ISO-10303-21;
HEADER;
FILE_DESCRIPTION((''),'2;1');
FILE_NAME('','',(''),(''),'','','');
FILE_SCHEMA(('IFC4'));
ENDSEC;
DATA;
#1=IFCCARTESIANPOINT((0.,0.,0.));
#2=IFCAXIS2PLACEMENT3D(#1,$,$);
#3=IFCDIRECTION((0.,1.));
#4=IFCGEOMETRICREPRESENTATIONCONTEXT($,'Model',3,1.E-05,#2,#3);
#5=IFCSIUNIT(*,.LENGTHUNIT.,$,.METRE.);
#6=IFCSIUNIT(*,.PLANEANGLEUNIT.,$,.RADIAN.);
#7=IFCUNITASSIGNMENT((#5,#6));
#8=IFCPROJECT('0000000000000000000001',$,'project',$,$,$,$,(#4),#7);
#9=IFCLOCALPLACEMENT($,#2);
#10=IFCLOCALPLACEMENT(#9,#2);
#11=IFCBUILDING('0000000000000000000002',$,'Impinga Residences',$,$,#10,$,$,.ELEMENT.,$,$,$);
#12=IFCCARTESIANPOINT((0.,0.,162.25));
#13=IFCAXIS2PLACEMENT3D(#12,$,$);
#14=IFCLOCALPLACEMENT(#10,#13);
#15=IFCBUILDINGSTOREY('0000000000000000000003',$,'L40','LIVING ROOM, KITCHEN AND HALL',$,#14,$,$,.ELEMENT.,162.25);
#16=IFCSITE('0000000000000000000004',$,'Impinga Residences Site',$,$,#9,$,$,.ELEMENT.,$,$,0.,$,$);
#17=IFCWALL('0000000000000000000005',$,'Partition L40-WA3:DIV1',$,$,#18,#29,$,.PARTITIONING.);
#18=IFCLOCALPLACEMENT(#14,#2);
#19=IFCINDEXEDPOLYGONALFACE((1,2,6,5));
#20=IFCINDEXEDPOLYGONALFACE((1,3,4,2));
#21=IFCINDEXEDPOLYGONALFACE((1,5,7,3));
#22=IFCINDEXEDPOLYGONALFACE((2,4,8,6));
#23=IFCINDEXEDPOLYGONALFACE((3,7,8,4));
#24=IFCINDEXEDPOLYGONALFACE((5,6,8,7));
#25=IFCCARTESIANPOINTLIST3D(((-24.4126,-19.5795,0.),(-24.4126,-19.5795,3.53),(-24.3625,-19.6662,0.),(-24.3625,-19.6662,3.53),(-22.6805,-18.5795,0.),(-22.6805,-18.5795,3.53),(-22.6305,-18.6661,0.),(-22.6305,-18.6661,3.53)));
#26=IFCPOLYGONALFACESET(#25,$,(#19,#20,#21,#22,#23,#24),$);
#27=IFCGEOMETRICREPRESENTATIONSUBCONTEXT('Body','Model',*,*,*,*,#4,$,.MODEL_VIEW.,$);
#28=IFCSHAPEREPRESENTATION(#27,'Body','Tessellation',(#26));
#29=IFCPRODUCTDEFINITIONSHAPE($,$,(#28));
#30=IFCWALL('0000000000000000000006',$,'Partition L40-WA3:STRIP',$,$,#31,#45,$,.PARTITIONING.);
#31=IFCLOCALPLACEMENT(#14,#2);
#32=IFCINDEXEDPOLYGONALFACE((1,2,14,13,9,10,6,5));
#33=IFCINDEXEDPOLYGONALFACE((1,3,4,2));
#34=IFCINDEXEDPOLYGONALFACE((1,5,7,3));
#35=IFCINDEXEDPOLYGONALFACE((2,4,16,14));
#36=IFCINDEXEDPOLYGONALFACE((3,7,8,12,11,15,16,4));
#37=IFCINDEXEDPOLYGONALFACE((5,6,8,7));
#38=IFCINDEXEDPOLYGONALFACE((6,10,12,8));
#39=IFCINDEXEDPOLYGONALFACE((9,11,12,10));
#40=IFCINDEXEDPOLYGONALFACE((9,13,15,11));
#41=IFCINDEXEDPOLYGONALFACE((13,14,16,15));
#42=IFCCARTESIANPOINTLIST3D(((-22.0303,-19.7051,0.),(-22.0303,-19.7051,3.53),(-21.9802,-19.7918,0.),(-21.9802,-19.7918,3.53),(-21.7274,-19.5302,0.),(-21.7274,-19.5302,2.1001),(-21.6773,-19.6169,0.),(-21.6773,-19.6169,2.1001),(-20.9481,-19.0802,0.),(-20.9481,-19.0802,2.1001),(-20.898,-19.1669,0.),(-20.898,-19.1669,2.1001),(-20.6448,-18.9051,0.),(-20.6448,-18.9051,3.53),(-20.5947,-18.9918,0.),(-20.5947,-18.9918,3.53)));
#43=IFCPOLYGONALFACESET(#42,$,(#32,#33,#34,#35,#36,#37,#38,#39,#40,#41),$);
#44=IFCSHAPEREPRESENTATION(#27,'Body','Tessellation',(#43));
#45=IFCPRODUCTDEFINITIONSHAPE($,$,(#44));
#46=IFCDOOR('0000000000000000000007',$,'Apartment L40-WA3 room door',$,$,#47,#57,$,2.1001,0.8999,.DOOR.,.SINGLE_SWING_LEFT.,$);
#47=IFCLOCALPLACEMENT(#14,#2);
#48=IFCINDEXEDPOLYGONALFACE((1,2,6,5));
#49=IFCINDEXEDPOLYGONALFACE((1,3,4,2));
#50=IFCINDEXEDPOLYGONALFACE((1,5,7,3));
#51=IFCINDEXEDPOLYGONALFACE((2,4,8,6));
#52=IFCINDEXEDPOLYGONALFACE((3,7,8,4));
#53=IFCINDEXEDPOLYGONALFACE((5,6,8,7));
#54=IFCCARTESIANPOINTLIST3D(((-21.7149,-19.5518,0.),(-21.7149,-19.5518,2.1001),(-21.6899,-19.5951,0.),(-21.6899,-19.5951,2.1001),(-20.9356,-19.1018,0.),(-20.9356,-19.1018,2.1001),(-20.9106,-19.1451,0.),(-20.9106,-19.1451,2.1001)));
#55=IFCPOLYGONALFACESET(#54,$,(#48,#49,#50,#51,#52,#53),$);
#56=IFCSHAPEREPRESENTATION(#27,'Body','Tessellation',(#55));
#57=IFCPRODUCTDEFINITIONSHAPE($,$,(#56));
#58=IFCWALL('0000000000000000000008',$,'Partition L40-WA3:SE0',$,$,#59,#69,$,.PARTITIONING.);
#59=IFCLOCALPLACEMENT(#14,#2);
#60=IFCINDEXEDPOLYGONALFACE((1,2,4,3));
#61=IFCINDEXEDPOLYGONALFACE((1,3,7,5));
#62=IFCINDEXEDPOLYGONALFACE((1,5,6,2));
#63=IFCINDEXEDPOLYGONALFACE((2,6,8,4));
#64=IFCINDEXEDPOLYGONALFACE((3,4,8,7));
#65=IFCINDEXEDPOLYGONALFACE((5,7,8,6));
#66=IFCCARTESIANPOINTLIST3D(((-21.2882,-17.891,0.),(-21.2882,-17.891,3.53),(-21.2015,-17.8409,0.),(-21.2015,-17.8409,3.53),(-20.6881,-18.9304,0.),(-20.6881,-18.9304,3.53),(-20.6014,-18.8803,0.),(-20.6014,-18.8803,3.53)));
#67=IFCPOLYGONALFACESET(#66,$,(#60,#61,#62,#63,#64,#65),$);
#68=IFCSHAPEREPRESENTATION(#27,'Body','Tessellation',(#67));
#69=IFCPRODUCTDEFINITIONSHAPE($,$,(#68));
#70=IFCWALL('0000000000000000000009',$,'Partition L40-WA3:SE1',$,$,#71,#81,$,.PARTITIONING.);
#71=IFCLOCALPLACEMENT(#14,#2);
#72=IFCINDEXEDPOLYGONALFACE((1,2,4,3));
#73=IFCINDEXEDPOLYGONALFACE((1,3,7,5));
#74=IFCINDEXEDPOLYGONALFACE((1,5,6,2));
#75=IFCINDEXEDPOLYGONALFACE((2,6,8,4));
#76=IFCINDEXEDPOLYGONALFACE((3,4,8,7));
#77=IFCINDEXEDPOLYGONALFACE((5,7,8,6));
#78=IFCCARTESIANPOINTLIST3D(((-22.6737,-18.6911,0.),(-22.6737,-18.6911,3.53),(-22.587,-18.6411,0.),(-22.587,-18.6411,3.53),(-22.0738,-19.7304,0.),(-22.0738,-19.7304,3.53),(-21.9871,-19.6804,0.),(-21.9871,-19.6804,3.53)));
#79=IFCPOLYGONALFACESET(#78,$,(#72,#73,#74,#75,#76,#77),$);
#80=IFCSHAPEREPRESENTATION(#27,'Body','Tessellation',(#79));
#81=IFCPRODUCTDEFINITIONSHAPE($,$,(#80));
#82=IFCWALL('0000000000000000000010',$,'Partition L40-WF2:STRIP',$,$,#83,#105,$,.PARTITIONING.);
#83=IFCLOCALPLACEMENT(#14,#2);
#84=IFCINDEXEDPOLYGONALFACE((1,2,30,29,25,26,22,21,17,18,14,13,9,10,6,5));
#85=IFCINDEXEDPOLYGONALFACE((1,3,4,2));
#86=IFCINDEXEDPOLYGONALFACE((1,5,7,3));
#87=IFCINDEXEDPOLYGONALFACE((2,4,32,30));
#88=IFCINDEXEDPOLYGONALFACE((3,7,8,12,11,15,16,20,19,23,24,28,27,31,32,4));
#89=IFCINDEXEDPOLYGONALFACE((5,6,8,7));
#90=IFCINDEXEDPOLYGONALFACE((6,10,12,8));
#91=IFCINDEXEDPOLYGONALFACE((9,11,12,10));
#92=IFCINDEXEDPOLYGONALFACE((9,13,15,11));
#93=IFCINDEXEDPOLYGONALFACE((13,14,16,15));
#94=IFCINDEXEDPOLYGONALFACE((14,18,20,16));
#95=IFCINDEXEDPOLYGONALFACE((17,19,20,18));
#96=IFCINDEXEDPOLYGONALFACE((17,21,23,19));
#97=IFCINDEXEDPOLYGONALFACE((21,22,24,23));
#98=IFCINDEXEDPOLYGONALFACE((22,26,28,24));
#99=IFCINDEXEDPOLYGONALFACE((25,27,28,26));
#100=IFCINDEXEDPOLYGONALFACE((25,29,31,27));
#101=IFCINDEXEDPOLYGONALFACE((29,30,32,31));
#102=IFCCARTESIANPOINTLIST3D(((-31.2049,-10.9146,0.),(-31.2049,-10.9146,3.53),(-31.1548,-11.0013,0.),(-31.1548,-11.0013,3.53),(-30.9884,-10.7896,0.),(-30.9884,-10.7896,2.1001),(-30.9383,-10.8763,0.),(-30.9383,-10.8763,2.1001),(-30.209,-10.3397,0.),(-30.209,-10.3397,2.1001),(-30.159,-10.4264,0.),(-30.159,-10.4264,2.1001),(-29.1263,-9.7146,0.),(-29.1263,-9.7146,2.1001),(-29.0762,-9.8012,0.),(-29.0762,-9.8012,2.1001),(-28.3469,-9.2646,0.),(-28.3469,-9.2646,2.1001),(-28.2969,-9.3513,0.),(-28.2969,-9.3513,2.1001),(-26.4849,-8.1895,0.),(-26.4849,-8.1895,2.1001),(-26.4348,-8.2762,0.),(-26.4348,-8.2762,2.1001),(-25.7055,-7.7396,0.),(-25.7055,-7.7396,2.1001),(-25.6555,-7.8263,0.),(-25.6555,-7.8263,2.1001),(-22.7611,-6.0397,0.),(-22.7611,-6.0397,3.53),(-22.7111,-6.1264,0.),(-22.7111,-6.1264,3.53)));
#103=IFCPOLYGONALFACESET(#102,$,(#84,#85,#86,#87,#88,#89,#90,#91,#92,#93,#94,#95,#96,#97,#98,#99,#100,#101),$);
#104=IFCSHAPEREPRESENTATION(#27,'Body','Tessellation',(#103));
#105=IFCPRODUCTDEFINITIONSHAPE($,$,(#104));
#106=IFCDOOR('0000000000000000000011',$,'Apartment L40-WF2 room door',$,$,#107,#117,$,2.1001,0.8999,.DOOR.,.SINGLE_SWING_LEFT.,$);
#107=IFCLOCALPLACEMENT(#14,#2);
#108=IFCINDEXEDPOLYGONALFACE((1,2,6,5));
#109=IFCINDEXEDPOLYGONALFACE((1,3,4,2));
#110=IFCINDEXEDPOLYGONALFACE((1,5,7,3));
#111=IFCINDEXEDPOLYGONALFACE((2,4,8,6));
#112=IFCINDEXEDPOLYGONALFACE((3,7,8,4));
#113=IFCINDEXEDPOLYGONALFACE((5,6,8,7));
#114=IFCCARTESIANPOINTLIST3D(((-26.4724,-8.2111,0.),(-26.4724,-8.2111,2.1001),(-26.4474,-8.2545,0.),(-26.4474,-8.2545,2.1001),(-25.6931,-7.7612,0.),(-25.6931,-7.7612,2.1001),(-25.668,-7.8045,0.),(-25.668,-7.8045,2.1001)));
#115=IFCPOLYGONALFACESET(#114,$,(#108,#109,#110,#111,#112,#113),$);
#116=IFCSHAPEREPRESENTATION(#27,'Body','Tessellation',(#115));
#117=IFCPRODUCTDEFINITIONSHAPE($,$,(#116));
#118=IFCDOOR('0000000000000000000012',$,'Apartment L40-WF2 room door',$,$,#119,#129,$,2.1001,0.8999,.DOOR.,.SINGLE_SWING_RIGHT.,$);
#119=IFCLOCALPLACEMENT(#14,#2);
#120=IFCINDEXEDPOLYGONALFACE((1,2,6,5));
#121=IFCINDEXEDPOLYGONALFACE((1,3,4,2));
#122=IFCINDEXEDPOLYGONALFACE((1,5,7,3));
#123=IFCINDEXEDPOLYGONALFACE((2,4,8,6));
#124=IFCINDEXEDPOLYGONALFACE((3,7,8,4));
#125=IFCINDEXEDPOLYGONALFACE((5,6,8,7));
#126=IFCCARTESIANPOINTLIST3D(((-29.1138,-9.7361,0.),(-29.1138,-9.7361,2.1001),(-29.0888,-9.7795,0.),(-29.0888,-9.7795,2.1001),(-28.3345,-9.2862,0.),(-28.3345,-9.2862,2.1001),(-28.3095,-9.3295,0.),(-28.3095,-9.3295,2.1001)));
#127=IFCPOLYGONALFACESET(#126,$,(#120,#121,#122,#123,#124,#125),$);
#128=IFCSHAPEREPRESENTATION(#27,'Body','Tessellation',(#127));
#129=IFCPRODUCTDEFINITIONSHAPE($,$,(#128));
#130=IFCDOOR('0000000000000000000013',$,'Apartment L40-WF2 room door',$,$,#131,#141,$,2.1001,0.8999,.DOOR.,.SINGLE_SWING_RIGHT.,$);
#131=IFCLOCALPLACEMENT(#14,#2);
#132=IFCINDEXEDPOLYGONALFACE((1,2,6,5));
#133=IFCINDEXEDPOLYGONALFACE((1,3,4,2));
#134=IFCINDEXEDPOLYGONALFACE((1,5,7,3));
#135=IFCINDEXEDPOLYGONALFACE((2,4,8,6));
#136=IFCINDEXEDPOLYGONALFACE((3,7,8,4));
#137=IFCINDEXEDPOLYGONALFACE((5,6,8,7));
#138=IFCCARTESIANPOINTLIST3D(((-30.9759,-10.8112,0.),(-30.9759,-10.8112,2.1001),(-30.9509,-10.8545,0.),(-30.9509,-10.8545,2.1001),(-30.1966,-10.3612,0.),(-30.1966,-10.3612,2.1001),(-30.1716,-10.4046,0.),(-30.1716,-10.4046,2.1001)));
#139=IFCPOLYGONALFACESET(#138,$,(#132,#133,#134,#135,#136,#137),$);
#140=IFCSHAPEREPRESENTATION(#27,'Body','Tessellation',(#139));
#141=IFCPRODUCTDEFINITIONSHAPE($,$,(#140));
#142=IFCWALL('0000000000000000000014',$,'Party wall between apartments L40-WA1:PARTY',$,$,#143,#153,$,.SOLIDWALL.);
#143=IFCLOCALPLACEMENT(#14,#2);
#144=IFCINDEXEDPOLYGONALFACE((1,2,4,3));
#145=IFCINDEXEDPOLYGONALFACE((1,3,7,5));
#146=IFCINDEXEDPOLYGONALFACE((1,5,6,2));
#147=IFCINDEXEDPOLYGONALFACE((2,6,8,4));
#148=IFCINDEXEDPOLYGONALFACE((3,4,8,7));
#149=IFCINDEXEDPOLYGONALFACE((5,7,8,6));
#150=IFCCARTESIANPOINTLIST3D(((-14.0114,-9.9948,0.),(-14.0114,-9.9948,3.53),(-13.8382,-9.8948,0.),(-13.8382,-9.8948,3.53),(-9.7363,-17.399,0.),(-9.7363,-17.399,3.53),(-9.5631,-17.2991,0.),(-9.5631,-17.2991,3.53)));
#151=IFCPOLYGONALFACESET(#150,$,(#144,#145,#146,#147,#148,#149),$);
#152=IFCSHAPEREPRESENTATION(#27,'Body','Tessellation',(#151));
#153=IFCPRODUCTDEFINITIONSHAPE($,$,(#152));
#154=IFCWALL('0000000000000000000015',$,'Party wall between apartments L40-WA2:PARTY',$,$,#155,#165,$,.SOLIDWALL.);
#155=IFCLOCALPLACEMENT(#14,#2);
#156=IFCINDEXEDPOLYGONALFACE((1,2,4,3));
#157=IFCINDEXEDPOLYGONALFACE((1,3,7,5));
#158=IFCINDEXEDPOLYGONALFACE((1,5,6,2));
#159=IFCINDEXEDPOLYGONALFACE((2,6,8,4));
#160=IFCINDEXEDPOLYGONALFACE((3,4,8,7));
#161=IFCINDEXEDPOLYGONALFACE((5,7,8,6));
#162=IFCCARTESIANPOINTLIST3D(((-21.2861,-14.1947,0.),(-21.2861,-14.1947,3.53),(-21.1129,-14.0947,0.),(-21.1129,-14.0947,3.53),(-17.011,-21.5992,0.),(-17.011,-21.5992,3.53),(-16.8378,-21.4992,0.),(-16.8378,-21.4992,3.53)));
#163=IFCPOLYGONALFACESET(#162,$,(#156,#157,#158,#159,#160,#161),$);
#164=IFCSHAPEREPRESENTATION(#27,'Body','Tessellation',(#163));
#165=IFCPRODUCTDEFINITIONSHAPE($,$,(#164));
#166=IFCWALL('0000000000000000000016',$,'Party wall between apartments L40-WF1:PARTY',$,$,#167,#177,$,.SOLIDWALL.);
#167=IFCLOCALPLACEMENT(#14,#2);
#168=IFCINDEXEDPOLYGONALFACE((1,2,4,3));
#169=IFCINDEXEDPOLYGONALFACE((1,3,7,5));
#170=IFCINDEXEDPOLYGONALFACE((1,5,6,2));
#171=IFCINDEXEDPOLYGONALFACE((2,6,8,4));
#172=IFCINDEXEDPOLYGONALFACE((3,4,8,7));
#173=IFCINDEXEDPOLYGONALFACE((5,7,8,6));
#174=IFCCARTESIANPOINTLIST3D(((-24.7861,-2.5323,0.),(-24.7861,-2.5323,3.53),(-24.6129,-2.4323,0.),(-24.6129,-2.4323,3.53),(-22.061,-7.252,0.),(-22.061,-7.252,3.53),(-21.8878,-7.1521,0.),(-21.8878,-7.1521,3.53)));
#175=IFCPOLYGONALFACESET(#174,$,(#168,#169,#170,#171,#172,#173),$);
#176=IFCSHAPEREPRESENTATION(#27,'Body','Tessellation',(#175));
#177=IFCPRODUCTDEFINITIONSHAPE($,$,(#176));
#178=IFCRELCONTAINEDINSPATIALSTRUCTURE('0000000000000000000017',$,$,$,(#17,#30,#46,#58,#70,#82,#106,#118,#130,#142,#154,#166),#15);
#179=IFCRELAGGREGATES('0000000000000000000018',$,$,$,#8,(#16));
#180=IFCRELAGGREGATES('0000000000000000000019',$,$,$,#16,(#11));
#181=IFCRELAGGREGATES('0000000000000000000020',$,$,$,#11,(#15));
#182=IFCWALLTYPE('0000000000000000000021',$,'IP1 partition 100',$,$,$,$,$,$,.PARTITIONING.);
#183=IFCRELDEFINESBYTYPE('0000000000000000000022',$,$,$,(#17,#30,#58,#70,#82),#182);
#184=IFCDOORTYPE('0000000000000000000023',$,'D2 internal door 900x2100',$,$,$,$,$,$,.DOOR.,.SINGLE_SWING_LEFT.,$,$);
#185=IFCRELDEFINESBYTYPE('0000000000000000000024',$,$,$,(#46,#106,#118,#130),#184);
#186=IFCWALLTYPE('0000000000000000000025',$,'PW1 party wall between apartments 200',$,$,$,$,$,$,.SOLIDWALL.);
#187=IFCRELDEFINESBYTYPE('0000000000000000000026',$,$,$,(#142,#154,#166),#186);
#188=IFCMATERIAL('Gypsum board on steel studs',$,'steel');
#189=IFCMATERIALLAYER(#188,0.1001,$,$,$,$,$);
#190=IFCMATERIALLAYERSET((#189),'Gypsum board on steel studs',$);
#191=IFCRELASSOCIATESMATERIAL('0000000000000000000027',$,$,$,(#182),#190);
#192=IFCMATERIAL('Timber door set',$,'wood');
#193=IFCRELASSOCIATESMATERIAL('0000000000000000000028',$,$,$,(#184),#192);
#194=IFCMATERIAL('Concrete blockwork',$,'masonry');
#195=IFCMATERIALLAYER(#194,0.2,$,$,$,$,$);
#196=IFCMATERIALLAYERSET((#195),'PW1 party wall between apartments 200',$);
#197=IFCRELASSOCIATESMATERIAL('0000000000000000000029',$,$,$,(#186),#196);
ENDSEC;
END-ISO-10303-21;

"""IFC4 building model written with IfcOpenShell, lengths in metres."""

from ifc_helpers import new_model, si_unit, direction, frame, frame_2d, origin, place, context, subcontext, project, spatial, rectangle, extrude, material, layer, layer_set, type_object, element, fill, save


model = new_model("IFC4")

# Units and contexts
model_context = context("Model", 3, precision=1e-05, world=origin(), true_north=direction((0.0, 1.0)))
body_context = subcontext(model_context, "Body", "Model", "MODEL_VIEW")
ifc_project = project(units=[si_unit("LENGTHUNIT", "METRE"), si_unit("PLANEANGLEUNIT", "RADIAN")], contexts=[model_context])

# Site, building, storey
site_placement = place(None, origin())
site = spatial("IfcSite", under=ifc_project, at=site_placement, Name="Impinga Residences Site", CompositionType="ELEMENT", RefElevation=0.0)
building_placement = place(site_placement, origin())
building = spatial("IfcBuilding", under=site, at=building_placement, Name="Impinga Residences", CompositionType="ELEMENT")
storey_placement = place(building_placement, frame((0.0, 0.0, 162.25)))
storey = spatial("IfcBuildingStorey", under=building, at=storey_placement, Name="L40", Description="LIVING ROOM, KITCHEN AND HALL", CompositionType="ELEMENT", Elevation=162.25)

# Shared definitions
ifc_material_1 = material(Name="Concrete blockwork", Category="masonry")
ifc_material_2 = material(Name="Timber door set", Category="wood")

# Shared definitions
ifc_material_3 = material(Name="Gypsum board on steel studs", Category="steel")
ifc_layer_1 = layer(ifc_material_3, 0.1001)
ifc_layer_set_1 = layer_set([ifc_layer_1], Name="Gypsum board on steel studs")
wall_type_1 = type_object("IfcWallType", Name="IP1 partition 100", PredefinedType="PARTITIONING", material=ifc_layer_set_1)

# Shared definitions
door_type_1 = type_object("IfcDoorType", Name="D2 internal door 900x2100", OperationType="SINGLE_SWING_LEFT", PredefinedType="DOOR", material=ifc_material_2)

# Wall
wall_1_placement = place(storey_placement, frame((-22.6555, -18.6228, 0.0), z_axis=(0.0, 0.0, 1.0), x_axis=(-0.866011, -0.500025, 0.0)))
element("IfcWall", 1, at=wall_1_placement, inside=storey, type_object=wall_type_1, Name="Partition L40-WA3:DIV1", PredefinedType="PARTITIONING", context=body_context, shape_type="SweptSolid", body=[
    extrude(rectangle(XDim=2.0, YDim=0.1001, at=frame_2d((1.0, 0.0))), origin(), (0.0, 0.0, 1.0), 3.53),
])

# Wall, opening, door
wall_2_placement = place(storey_placement, frame((-20.6199, -18.9485, 0.0), z_axis=(0.0, 0.0, 1.0), x_axis=(-0.86599, -0.500061, 0.0)))
wall_2 = element("IfcWall", 2, at=wall_2_placement, inside=storey, type_object=wall_type_1, Name="Partition L40-WA3:STRIP", PredefinedType="PARTITIONING", context=body_context, shape_type="SweptSolid", body=[
    extrude(rectangle(XDim=1.5999, YDim=0.1001, at=frame_2d((0.7998, 0.0))), origin(), (0.0, 0.0, 1.0), 3.53),
])
opening_1_placement = place(wall_2_placement, frame((0.3501, 0.0, 0.0)))
opening_1 = element("IfcOpeningElement", 3, at=opening_1_placement, cuts=wall_2, PredefinedType="OPENING", context=body_context, shape_type="SweptSolid", body=[
    extrude(rectangle(XDim=0.8999, YDim=2.1001, at=frame_2d((0.45, 1.05))), frame((0.0, 0.0601, 0.0), z_axis=(0.0, -1.0, 0.0), x_axis=(1.0, 0.0, 0.0)), (0.0, 0.0, 1.0), 0.1201),
])
door_1_placement = place(opening_1_placement, origin())
door_1 = element("IfcDoor", 4, at=door_1_placement, inside=storey, type_object=door_type_1, Name="Apartment L40-WA3 room door", OperationType="SINGLE_SWING_LEFT", OverallHeight=2.1001, OverallWidth=0.8999, PredefinedType="DOOR", context=body_context, shape_type="SweptSolid", body=[
    extrude(rectangle(XDim=0.8999, YDim=2.1001, at=frame_2d((0.45, 1.05))), frame((0.0, 0.0249, 0.0), z_axis=(0.0, -1.0, 0.0), x_axis=(1.0, 0.0, 0.0)), (0.0, 0.0, 1.0), 0.05),
])
fill(opening_1, door_1)

# Walls
wall_3_placement = place(storey_placement, frame((-21.2449, -17.866, 0.0), z_axis=(0.0, 0.0, 1.0), x_axis=(0.500034, -0.866006, 0.0)))
element("IfcWall", 5, at=wall_3_placement, inside=storey, type_object=wall_type_1, Name="Partition L40-WA3:SE0", PredefinedType="PARTITIONING", context=body_context, shape_type="SweptSolid", body=[
    extrude(rectangle(XDim=1.2002, YDim=0.1001, at=frame_2d((0.6001, 0.0))), origin(), (0.0, 0.0, 1.0), 3.53),
])
wall_4_placement = place(storey_placement, frame((-22.6304, -18.666, 0.0), z_axis=(0.0, 0.0, 1.0), x_axis=(0.499881, -0.866094, 0.0)))
element("IfcWall", 6, at=wall_4_placement, inside=storey, type_object=wall_type_1, Name="Partition L40-WA3:SE1", PredefinedType="PARTITIONING", context=body_context, shape_type="SweptSolid", body=[
    extrude(rectangle(XDim=1.2, YDim=0.1001, at=frame_2d((0.6001, 0.0))), origin(), (0.0, 0.0, 1.0), 3.53),
])

# Wall, openings, doors
wall_5_placement = place(storey_placement, frame((-22.7361, -6.083, 0.0), z_axis=(0.0, 0.0, 1.0), x_axis=(-0.866028, -0.499996, 0.0)))
wall_5 = element("IfcWall", 7, at=wall_5_placement, inside=storey, type_object=wall_type_1, Name="Partition L40-WF2:STRIP", PredefinedType="PARTITIONING", context=body_context, shape_type="SweptSolid", body=[
    extrude(rectangle(XDim=9.75, YDim=0.1001, at=frame_2d((4.875, 0.0))), origin(), (0.0, 0.0, 1.0), 3.53),
])
opening_2_placement = place(wall_5_placement, frame((3.3999, 0.0, 0.0)))
opening_2 = element("IfcOpeningElement", 8, at=opening_2_placement, cuts=wall_5, PredefinedType="OPENING", context=body_context, shape_type="SweptSolid", body=[
    extrude(rectangle(XDim=0.8999, YDim=2.1001, at=frame_2d((0.45, 1.05))), frame((0.0, 0.0601, 0.0), z_axis=(0.0, -1.0, 0.0), x_axis=(1.0, 0.0, 0.0)), (0.0, 0.0, 1.0), 0.1201),
])
opening_3_placement = place(wall_5_placement, frame((6.45, 0.0, 0.0)))
opening_3 = element("IfcOpeningElement", 9, at=opening_3_placement, cuts=wall_5, PredefinedType="OPENING", context=body_context, shape_type="SweptSolid", body=[
    extrude(rectangle(XDim=0.8999, YDim=2.1001, at=frame_2d((0.45, 1.05))), frame((0.0, 0.0601, 0.0), z_axis=(0.0, -1.0, 0.0), x_axis=(1.0, 0.0, 0.0)), (0.0, 0.0, 1.0), 0.1201),
])
opening_4_placement = place(wall_5_placement, frame((8.6001, 0.0, 0.0)))
opening_4 = element("IfcOpeningElement", 10, at=opening_4_placement, cuts=wall_5, PredefinedType="OPENING", context=body_context, shape_type="SweptSolid", body=[
    extrude(rectangle(XDim=0.8999, YDim=2.1001, at=frame_2d((0.45, 1.05))), frame((0.0, 0.0601, 0.0), z_axis=(0.0, -1.0, 0.0), x_axis=(1.0, 0.0, 0.0)), (0.0, 0.0, 1.0), 0.1201),
])
door_2_placement = place(opening_2_placement, origin())
door_2 = element("IfcDoor", 11, at=door_2_placement, inside=storey, type_object=door_type_1, Name="Apartment L40-WF2 room door", OperationType="SINGLE_SWING_LEFT", OverallHeight=2.1001, OverallWidth=0.8999, PredefinedType="DOOR", context=body_context, shape_type="SweptSolid", body=[
    extrude(rectangle(XDim=0.8999, YDim=2.1001, at=frame_2d((0.45, 1.05))), frame((0.0, 0.0249, 0.0), z_axis=(0.0, -1.0, 0.0), x_axis=(1.0, 0.0, 0.0)), (0.0, 0.0, 1.0), 0.05),
])
fill(opening_2, door_2)
door_3_placement = place(opening_3_placement, origin())
door_3 = element("IfcDoor", 12, at=door_3_placement, inside=storey, type_object=door_type_1, Name="Apartment L40-WF2 room door", OperationType="SINGLE_SWING_RIGHT", OverallHeight=2.1001, OverallWidth=0.8999, PredefinedType="DOOR", context=body_context, shape_type="SweptSolid", body=[
    extrude(rectangle(XDim=0.8999, YDim=2.1001, at=frame_2d((0.45, 1.05))), frame((0.0, 0.0249, 0.0), z_axis=(0.0, -1.0, 0.0), x_axis=(1.0, 0.0, 0.0)), (0.0, 0.0, 1.0), 0.05),
])
fill(opening_3, door_3)
door_4_placement = place(opening_4_placement, origin())
door_4 = element("IfcDoor", 13, at=door_4_placement, inside=storey, type_object=door_type_1, Name="Apartment L40-WF2 room door", OperationType="SINGLE_SWING_RIGHT", OverallHeight=2.1001, OverallWidth=0.8999, PredefinedType="DOOR", context=body_context, shape_type="SweptSolid", body=[
    extrude(rectangle(XDim=0.8999, YDim=2.1001, at=frame_2d((0.45, 1.05))), frame((0.0, 0.0249, 0.0), z_axis=(0.0, -1.0, 0.0), x_axis=(1.0, 0.0, 0.0)), (0.0, 0.0, 1.0), 0.05),
])
fill(opening_4, door_4)

# Walls
ifc_layer_2 = layer(ifc_material_1, 0.2)
ifc_layer_set_2 = layer_set([ifc_layer_2], Name="PW1 party wall between apartments 200")
wall_type_2 = type_object("IfcWallType", Name="PW1 party wall between apartments 200", PredefinedType="SOLIDWALL", material=ifc_layer_set_2)
wall_6_placement = place(storey_placement, frame((-13.9248, -9.9448, 0.0), z_axis=(0.0, 0.0, 1.0), x_axis=(0.500024, -0.866012, 0.0)))
element("IfcWall", 14, at=wall_6_placement, inside=storey, type_object=wall_type_2, Name="Party wall between apartments L40-WA1:PARTY", PredefinedType="SOLIDWALL", context=body_context, shape_type="SweptSolid", body=[
    extrude(rectangle(XDim=8.5498, YDim=0.2, at=frame_2d((4.2749, 0.0))), origin(), (0.0, 0.0, 1.0), 3.53),
])
wall_7_placement = place(storey_placement, frame((-21.1995, -14.1448, 0.0), z_axis=(0.0, 0.0, 1.0), x_axis=(0.500012, -0.866019, 0.0)))
element("IfcWall", 15, at=wall_7_placement, inside=storey, type_object=wall_type_2, Name="Party wall between apartments L40-WA2:PARTY", PredefinedType="SOLIDWALL", context=body_context, shape_type="SweptSolid", body=[
    extrude(rectangle(XDim=8.55, YDim=0.2, at=frame_2d((4.2749, 0.0))), origin(), (0.0, 0.0, 1.0), 3.53),
])
wall_8_placement = place(storey_placement, frame((-21.9744, -7.2021, 0.0), z_axis=(0.0, 0.0, 1.0), x_axis=(-0.500022, 0.866013, 0.0)))
element("IfcWall", 16, at=wall_8_placement, inside=storey, type_object=wall_type_2, Name="Party wall between apartments L40-WF1:PARTY", PredefinedType="SOLIDWALL", context=body_context, shape_type="SweptSolid", body=[
    extrude(rectangle(XDim=5.45, YDim=0.2, at=frame_2d((2.7251, 0.0))), origin(), (0.0, 0.0, 1.0), 3.53),
])

save(model, "model.ifc")
